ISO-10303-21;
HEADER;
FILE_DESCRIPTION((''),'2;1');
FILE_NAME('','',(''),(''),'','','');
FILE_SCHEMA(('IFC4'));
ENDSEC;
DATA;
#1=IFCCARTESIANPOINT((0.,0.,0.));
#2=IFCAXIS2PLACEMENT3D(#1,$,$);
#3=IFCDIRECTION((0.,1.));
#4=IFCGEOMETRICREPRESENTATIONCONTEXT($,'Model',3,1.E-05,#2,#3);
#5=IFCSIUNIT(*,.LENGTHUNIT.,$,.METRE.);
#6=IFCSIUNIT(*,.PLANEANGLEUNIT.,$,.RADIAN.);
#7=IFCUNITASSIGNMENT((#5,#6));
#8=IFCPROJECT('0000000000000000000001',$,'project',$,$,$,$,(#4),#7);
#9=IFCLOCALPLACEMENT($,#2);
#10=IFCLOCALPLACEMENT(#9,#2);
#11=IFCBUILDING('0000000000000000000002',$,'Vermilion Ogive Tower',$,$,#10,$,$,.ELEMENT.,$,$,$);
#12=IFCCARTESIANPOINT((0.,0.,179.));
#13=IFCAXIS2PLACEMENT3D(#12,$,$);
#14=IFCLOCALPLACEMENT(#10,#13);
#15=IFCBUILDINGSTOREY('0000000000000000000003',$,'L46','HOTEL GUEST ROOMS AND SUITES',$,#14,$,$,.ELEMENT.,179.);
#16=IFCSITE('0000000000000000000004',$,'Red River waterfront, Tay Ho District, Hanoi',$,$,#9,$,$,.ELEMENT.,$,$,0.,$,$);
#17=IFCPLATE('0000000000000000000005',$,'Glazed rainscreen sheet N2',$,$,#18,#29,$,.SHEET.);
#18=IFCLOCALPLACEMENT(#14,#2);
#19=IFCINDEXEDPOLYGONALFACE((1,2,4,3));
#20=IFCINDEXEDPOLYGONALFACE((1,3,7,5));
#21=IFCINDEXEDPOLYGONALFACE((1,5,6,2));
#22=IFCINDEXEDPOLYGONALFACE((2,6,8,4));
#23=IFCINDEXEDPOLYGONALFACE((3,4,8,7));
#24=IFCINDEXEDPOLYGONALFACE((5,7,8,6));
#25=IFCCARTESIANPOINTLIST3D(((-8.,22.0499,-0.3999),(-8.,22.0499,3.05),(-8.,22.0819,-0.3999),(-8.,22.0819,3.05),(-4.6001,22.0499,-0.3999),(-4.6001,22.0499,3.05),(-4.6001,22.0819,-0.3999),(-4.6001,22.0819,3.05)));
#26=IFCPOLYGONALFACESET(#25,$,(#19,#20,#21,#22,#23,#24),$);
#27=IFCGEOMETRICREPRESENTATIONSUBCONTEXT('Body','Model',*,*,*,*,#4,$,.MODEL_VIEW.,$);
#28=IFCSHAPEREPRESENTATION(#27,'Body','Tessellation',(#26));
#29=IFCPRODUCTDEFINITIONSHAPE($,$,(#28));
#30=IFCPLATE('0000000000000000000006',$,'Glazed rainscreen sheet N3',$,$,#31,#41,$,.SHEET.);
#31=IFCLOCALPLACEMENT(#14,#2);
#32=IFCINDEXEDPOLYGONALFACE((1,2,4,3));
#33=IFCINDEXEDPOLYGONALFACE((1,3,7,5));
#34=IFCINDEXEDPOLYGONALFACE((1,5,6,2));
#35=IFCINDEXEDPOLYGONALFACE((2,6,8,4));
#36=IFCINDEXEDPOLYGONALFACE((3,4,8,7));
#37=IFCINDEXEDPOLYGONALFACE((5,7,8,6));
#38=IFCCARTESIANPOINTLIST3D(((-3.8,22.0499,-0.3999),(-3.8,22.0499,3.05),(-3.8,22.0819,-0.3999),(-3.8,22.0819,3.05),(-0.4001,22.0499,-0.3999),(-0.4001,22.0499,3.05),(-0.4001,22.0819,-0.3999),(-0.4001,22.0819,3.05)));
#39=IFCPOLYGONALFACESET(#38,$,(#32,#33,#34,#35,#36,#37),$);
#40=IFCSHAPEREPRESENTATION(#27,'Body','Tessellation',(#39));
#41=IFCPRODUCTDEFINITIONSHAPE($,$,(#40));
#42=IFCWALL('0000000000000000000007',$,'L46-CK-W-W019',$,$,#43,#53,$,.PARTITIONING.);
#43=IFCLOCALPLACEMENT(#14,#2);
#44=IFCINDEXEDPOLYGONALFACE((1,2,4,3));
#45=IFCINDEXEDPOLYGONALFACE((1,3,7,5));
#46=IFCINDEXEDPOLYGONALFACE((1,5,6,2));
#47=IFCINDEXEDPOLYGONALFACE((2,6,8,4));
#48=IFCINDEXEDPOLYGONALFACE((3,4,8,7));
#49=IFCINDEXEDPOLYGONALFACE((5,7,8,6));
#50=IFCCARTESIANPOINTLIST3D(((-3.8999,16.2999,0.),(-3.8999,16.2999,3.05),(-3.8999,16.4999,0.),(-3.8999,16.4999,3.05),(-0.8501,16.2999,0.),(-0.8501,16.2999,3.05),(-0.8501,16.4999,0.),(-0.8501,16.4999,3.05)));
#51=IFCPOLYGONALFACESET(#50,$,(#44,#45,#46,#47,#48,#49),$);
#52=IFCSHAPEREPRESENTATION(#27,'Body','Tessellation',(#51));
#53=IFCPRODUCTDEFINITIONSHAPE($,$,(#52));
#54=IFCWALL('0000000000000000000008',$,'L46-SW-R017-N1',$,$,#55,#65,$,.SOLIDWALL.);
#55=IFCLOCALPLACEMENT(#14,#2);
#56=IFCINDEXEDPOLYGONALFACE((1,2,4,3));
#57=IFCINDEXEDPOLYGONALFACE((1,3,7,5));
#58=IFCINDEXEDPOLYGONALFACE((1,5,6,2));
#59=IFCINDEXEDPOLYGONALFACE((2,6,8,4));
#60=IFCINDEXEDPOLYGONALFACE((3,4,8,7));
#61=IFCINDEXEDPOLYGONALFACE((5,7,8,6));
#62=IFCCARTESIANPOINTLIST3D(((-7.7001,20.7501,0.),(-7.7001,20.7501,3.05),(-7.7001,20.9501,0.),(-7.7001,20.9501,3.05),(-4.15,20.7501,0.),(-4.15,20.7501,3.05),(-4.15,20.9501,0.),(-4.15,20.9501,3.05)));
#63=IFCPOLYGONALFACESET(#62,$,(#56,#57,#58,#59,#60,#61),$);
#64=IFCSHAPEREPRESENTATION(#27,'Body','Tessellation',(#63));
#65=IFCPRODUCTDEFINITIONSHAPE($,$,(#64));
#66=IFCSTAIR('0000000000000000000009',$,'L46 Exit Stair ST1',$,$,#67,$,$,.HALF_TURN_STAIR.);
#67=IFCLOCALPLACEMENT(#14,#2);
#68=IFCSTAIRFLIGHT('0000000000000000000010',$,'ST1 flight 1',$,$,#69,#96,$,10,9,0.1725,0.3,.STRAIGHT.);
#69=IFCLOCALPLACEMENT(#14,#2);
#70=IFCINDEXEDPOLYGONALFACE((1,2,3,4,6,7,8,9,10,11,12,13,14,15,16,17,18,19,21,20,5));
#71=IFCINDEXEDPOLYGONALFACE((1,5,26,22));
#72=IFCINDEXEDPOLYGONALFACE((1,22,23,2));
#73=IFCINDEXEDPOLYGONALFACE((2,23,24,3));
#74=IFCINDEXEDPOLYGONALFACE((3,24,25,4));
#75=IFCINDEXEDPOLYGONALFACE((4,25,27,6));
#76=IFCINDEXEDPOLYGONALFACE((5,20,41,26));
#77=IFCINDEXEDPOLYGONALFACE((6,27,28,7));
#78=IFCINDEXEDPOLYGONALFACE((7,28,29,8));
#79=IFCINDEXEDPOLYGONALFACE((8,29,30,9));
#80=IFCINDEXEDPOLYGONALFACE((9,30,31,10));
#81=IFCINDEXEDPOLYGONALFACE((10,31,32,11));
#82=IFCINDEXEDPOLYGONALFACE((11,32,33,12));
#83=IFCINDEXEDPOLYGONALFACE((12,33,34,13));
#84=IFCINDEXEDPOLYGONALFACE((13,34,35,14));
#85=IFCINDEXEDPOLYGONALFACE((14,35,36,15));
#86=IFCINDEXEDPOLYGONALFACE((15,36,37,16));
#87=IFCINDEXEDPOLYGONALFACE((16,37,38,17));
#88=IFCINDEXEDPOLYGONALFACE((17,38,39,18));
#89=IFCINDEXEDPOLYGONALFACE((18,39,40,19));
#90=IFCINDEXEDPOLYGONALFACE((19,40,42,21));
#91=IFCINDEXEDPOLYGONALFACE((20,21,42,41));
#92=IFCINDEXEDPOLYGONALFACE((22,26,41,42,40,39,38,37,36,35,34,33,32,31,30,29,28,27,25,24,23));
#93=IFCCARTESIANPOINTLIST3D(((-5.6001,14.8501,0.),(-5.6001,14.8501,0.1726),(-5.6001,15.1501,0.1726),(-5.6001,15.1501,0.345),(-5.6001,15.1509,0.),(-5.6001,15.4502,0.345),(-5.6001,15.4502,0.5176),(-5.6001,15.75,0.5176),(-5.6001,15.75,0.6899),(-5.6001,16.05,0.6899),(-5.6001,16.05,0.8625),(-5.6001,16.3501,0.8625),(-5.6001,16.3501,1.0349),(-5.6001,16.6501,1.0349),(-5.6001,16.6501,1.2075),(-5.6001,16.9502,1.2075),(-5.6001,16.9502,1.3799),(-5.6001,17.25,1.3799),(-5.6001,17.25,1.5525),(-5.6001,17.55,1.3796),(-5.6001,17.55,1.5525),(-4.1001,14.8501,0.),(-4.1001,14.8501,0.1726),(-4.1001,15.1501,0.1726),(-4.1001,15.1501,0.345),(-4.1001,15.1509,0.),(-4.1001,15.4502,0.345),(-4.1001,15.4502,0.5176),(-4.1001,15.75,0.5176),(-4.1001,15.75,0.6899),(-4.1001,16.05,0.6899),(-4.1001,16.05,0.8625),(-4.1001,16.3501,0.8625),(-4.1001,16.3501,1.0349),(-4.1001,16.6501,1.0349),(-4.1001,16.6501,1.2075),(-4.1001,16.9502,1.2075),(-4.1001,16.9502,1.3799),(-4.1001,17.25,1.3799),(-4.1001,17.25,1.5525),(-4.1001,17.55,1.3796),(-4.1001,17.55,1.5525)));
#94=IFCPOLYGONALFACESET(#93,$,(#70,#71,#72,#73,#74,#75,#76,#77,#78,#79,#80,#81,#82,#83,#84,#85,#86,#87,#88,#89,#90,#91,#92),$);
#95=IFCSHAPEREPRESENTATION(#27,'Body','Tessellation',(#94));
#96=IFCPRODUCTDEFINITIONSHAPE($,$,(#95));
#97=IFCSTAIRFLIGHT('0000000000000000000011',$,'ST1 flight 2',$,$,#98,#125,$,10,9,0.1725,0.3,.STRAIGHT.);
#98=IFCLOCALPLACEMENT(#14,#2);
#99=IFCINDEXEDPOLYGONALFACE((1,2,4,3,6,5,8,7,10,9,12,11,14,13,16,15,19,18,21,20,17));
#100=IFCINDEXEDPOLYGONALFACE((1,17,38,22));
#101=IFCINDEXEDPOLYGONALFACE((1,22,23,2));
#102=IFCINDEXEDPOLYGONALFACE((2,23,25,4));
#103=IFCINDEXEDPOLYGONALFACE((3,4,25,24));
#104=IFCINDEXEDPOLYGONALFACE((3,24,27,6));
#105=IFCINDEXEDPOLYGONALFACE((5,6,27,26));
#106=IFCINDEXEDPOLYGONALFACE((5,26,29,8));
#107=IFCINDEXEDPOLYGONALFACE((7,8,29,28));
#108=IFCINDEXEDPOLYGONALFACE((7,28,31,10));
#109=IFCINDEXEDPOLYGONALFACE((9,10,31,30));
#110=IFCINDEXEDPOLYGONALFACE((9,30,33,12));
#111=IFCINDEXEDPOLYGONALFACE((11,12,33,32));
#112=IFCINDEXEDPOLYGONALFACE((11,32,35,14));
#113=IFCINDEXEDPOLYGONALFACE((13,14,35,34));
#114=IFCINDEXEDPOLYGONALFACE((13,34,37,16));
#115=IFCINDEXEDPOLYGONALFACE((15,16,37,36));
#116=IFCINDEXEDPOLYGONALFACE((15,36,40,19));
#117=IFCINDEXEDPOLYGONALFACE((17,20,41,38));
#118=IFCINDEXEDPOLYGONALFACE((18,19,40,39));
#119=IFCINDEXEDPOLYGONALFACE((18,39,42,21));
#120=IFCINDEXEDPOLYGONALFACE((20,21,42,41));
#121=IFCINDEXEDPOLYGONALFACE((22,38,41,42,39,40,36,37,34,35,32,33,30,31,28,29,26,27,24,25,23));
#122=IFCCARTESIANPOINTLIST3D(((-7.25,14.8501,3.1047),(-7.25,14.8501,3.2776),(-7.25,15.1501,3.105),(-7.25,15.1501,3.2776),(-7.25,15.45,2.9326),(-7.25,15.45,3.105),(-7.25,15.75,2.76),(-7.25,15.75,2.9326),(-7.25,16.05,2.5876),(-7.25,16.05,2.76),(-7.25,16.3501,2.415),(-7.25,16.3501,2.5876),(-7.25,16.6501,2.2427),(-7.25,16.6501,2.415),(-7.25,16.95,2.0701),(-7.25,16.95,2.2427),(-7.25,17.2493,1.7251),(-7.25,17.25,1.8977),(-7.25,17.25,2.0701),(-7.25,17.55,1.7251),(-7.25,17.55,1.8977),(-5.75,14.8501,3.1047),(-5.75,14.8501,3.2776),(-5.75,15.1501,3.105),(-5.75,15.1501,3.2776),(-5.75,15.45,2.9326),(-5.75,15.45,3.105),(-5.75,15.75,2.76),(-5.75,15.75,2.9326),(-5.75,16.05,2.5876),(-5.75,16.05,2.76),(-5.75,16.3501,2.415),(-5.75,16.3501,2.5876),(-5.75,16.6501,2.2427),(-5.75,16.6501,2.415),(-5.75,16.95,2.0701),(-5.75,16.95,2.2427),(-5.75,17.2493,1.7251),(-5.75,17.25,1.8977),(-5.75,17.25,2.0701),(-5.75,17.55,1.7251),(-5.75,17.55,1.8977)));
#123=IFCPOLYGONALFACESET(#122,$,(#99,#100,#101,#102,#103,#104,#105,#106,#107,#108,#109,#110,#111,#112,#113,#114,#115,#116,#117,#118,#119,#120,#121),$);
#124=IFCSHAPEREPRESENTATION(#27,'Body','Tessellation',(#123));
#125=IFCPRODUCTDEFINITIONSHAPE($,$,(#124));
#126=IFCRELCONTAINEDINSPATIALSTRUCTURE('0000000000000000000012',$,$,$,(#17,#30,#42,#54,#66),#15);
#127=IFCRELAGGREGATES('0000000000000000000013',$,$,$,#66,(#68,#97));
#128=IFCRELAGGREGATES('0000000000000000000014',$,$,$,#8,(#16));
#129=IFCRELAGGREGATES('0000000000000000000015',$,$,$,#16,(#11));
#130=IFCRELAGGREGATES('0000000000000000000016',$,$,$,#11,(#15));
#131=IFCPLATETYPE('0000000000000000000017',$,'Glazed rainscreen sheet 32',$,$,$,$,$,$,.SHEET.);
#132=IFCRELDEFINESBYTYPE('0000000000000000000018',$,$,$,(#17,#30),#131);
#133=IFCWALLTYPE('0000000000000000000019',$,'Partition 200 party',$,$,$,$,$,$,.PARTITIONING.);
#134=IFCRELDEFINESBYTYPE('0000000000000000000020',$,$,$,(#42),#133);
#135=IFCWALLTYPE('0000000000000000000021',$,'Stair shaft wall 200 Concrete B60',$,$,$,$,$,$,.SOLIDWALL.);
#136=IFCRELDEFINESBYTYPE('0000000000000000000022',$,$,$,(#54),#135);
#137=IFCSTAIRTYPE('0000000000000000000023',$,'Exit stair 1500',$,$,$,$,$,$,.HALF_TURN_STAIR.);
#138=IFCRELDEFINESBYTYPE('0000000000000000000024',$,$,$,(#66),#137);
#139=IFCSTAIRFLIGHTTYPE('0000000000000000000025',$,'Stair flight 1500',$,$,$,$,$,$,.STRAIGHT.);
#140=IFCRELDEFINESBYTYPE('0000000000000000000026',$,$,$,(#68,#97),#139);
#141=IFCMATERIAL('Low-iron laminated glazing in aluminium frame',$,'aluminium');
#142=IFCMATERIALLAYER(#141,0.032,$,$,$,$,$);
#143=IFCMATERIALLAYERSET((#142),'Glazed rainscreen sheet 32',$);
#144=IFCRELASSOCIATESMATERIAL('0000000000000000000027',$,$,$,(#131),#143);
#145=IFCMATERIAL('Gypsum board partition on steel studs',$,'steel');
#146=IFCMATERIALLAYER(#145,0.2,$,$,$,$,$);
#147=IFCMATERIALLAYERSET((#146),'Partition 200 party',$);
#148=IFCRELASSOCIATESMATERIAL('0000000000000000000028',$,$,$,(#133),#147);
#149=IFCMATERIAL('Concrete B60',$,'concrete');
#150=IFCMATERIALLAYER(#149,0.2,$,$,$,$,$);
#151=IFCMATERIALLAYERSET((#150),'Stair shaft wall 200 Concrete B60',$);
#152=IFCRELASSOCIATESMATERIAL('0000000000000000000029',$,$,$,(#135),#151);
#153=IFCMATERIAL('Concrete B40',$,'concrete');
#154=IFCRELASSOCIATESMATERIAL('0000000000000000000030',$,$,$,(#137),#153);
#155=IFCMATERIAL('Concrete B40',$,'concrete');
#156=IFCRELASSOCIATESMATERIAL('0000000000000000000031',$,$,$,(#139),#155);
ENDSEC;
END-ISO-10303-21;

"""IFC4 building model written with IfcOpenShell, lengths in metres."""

from ifc_helpers import new_model, si_unit, direction, frame, frame_2d, origin, origin_2d, place, context, subcontext, project, spatial, polyline, rectangle, outline, extrude, material, layer, layer_set, type_object, element, aggregate, save


model = new_model("IFC4")

# Units and contexts
model_context = context("Model", 3, precision=1e-05, world=origin(), true_north=direction((0.0, 1.0)))
body_context = subcontext(model_context, "Body", "Model", "MODEL_VIEW")
ifc_project = project(units=[si_unit("LENGTHUNIT", "METRE"), si_unit("PLANEANGLEUNIT", "RADIAN")], contexts=[model_context])

# Site, building, storey
site_placement = place(None, origin())
site = spatial("IfcSite", under=ifc_project, at=site_placement, Name="Red River waterfront, Tay Ho District, Hanoi", CompositionType="ELEMENT", RefElevation=0.0)
building_placement = place(site_placement, origin())
building = spatial("IfcBuilding", under=site, at=building_placement, Name="Vermilion Ogive Tower", CompositionType="ELEMENT")
storey_placement = place(building_placement, frame((0.0, 0.0, 179.0)))
storey = spatial("IfcBuildingStorey", under=building, at=storey_placement, Name="L46", Description="HOTEL GUEST ROOMS AND SUITES", CompositionType="ELEMENT", Elevation=179.0)

# Plates
ifc_material_1 = material(Name="Low-iron laminated glazing in aluminium frame", Category="aluminium")
ifc_layer_1 = layer(ifc_material_1, 0.032)
ifc_layer_set_1 = layer_set([ifc_layer_1], Name="Glazed rainscreen sheet 32")
plate_type = type_object("IfcPlateType", Name="Glazed rainscreen sheet 32", PredefinedType="SHEET", material=ifc_layer_set_1)
for number, where, z_axis, x_axis, name in (
    (1, (-6.3, 22.0659, -0.3999), (0.0, 0.0, 1.0), (1.0, 0.0, 0.0), "Glazed rainscreen sheet N2"),
    (2, (-2.1001, 22.0659, -0.3999), (0.0, 0.0, 1.0), (1.0, 0.0, 0.0), "Glazed rainscreen sheet N3"),
):
    element("IfcPlate", number, at=place(storey_placement, frame(where, z_axis=z_axis, x_axis=x_axis)), inside=storey, type_object=plate_type, Name=name, PredefinedType="SHEET", context=body_context, shape_type="SweptSolid", body=[
        extrude(rectangle(XDim=3.3999, YDim=0.032, at=origin_2d()), origin(), (0.0, 0.0, 1.0), 3.45),
    ])

# Walls
ifc_material_2 = material(Name="Gypsum board partition on steel studs", Category="steel")
ifc_layer_2 = layer(ifc_material_2, 0.2)
ifc_layer_set_2 = layer_set([ifc_layer_2], Name="Partition 200 party")
wall_type_1 = type_object("IfcWallType", Name="Partition 200 party", PredefinedType="PARTITIONING", material=ifc_layer_set_2)
wall_1_placement = place(storey_placement, frame((-3.8999, 16.3999, 0.0), z_axis=(0.0, 0.0, 1.0), x_axis=(1.0, 0.0, 0.0)))
element("IfcWall", 3, at=wall_1_placement, inside=storey, type_object=wall_type_1, Name="L46-CK-W-W019", PredefinedType="PARTITIONING", context=body_context, shape_type="SweptSolid", body=[
    extrude(rectangle(XDim=3.0498, YDim=0.2, at=frame_2d((1.5249, 0.0))), origin(), (0.0, 0.0, 1.0), 3.05),
])
ifc_material_3 = material(Name="Concrete B60", Category="concrete")
ifc_layer_3 = layer(ifc_material_3, 0.2)
ifc_layer_set_3 = layer_set([ifc_layer_3], Name="Stair shaft wall 200 Concrete B60")
wall_type_2 = type_object("IfcWallType", Name="Stair shaft wall 200 Concrete B60", PredefinedType="SOLIDWALL", material=ifc_layer_set_3)
wall_2_placement = place(storey_placement, frame((-7.7, 20.8501, 0.0), z_axis=(0.0, 0.0, 1.0), x_axis=(1.0, 0.0, 0.0)))
element("IfcWall", 4, at=wall_2_placement, inside=storey, type_object=wall_type_2, Name="L46-SW-R017-N1", PredefinedType="SOLIDWALL", context=body_context, shape_type="SweptSolid", body=[
    extrude(rectangle(XDim=3.55, YDim=0.2, at=frame_2d((1.7749, 0.0))), origin(), (0.0, 0.0, 1.0), 3.05),
])

# Stair, stair flights
ifc_material_4 = material(Name="Concrete B40", Category="concrete")
stair_type = type_object("IfcStairType", Name="Exit stair 1500", PredefinedType="HALF_TURN_STAIR", material=ifc_material_4)
stair_placement = place(storey_placement, origin())
stair = element("IfcStair", 5, at=stair_placement, inside=storey, type_object=stair_type, Name="L46 Exit Stair ST1", PredefinedType="HALF_TURN_STAIR")
ifc_material_5 = material(Name="Concrete B40", Category="concrete")
stair_flight_type = type_object("IfcStairFlightType", Name="Stair flight 1500", PredefinedType="STRAIGHT", material=ifc_material_5)
stair_flight_1_placement = place(storey_placement, frame((-4.8501, 14.8501, 0.0), z_axis=(0.0, 0.0, 1.0), x_axis=(0.0, 1.0, 0.0)))
stair_flight_1 = element("IfcStairFlight", 6, at=stair_flight_1_placement, type_object=stair_flight_type, Name="ST1 flight 1", NumberOfRisers=10, NumberOfTreads=9, PredefinedType="STRAIGHT", RiserHeight=0.1725, TreadLength=0.3, context=body_context, shape_type="SweptSolid", body=[
    extrude(outline(polyline([(0.0, 0.0), (0.0, 0.1726), (0.3, 0.1726), (0.3, 0.345), (0.6001, 0.345), (0.6001, 0.5176), (0.8999, 0.5176), (0.8999, 0.6899), (1.2, 0.6899), (1.2, 0.8625), (1.5, 0.8625), (1.5, 1.0349), (1.8, 1.0349), (1.8, 1.2075), (2.1001, 1.2075), (2.1001, 1.3799), (2.3999, 1.3799), (2.3999, 1.5525), (2.7, 1.5525), (2.7, 1.7251), (2.7, 1.3796), (0.3008, 0.0), (0.0, 0.0)])), frame((0.0, 0.75, 0.0), z_axis=(0.0, -1.0, 0.0), x_axis=(1.0, 0.0, 0.0)), (0.0, 0.0, 1.0), 1.5),
])
stair_flight_2_placement = place(storey_placement, frame((-6.5, 17.55, 1.7251), z_axis=(0.0, 0.0, 1.0), x_axis=(0.0, -1.0, 0.0)))
stair_flight_2 = element("IfcStairFlight", 7, at=stair_flight_2_placement, type_object=stair_flight_type, Name="ST1 flight 2", NumberOfRisers=10, NumberOfTreads=9, PredefinedType="STRAIGHT", RiserHeight=0.1725, TreadLength=0.3, context=body_context, shape_type="SweptSolid", body=[
    extrude(outline(polyline([(0.0, 0.0), (0.0, 0.1726), (0.3, 0.1726), (0.3, 0.345), (0.6001, 0.345), (0.6001, 0.5176), (0.8999, 0.5176), (0.8999, 0.6899), (1.2, 0.6899), (1.2, 0.8625), (1.5, 0.8625), (1.5, 1.0349), (1.8, 1.0349), (1.8, 1.2075), (2.1001, 1.2075), (2.1001, 1.3799), (2.3999, 1.3799), (2.3999, 1.5525), (2.7, 1.5525), (2.7, 1.7251), (2.7, 1.3796), (0.3008, 0.0), (0.0, 0.0)])), frame((0.0, 0.75, 0.0), z_axis=(0.0, -1.0, 0.0), x_axis=(1.0, 0.0, 0.0)), (0.0, 0.0, 1.0), 1.5),
])
aggregate(stair, [stair_flight_1, stair_flight_2])

save(model, "model.ifc")
